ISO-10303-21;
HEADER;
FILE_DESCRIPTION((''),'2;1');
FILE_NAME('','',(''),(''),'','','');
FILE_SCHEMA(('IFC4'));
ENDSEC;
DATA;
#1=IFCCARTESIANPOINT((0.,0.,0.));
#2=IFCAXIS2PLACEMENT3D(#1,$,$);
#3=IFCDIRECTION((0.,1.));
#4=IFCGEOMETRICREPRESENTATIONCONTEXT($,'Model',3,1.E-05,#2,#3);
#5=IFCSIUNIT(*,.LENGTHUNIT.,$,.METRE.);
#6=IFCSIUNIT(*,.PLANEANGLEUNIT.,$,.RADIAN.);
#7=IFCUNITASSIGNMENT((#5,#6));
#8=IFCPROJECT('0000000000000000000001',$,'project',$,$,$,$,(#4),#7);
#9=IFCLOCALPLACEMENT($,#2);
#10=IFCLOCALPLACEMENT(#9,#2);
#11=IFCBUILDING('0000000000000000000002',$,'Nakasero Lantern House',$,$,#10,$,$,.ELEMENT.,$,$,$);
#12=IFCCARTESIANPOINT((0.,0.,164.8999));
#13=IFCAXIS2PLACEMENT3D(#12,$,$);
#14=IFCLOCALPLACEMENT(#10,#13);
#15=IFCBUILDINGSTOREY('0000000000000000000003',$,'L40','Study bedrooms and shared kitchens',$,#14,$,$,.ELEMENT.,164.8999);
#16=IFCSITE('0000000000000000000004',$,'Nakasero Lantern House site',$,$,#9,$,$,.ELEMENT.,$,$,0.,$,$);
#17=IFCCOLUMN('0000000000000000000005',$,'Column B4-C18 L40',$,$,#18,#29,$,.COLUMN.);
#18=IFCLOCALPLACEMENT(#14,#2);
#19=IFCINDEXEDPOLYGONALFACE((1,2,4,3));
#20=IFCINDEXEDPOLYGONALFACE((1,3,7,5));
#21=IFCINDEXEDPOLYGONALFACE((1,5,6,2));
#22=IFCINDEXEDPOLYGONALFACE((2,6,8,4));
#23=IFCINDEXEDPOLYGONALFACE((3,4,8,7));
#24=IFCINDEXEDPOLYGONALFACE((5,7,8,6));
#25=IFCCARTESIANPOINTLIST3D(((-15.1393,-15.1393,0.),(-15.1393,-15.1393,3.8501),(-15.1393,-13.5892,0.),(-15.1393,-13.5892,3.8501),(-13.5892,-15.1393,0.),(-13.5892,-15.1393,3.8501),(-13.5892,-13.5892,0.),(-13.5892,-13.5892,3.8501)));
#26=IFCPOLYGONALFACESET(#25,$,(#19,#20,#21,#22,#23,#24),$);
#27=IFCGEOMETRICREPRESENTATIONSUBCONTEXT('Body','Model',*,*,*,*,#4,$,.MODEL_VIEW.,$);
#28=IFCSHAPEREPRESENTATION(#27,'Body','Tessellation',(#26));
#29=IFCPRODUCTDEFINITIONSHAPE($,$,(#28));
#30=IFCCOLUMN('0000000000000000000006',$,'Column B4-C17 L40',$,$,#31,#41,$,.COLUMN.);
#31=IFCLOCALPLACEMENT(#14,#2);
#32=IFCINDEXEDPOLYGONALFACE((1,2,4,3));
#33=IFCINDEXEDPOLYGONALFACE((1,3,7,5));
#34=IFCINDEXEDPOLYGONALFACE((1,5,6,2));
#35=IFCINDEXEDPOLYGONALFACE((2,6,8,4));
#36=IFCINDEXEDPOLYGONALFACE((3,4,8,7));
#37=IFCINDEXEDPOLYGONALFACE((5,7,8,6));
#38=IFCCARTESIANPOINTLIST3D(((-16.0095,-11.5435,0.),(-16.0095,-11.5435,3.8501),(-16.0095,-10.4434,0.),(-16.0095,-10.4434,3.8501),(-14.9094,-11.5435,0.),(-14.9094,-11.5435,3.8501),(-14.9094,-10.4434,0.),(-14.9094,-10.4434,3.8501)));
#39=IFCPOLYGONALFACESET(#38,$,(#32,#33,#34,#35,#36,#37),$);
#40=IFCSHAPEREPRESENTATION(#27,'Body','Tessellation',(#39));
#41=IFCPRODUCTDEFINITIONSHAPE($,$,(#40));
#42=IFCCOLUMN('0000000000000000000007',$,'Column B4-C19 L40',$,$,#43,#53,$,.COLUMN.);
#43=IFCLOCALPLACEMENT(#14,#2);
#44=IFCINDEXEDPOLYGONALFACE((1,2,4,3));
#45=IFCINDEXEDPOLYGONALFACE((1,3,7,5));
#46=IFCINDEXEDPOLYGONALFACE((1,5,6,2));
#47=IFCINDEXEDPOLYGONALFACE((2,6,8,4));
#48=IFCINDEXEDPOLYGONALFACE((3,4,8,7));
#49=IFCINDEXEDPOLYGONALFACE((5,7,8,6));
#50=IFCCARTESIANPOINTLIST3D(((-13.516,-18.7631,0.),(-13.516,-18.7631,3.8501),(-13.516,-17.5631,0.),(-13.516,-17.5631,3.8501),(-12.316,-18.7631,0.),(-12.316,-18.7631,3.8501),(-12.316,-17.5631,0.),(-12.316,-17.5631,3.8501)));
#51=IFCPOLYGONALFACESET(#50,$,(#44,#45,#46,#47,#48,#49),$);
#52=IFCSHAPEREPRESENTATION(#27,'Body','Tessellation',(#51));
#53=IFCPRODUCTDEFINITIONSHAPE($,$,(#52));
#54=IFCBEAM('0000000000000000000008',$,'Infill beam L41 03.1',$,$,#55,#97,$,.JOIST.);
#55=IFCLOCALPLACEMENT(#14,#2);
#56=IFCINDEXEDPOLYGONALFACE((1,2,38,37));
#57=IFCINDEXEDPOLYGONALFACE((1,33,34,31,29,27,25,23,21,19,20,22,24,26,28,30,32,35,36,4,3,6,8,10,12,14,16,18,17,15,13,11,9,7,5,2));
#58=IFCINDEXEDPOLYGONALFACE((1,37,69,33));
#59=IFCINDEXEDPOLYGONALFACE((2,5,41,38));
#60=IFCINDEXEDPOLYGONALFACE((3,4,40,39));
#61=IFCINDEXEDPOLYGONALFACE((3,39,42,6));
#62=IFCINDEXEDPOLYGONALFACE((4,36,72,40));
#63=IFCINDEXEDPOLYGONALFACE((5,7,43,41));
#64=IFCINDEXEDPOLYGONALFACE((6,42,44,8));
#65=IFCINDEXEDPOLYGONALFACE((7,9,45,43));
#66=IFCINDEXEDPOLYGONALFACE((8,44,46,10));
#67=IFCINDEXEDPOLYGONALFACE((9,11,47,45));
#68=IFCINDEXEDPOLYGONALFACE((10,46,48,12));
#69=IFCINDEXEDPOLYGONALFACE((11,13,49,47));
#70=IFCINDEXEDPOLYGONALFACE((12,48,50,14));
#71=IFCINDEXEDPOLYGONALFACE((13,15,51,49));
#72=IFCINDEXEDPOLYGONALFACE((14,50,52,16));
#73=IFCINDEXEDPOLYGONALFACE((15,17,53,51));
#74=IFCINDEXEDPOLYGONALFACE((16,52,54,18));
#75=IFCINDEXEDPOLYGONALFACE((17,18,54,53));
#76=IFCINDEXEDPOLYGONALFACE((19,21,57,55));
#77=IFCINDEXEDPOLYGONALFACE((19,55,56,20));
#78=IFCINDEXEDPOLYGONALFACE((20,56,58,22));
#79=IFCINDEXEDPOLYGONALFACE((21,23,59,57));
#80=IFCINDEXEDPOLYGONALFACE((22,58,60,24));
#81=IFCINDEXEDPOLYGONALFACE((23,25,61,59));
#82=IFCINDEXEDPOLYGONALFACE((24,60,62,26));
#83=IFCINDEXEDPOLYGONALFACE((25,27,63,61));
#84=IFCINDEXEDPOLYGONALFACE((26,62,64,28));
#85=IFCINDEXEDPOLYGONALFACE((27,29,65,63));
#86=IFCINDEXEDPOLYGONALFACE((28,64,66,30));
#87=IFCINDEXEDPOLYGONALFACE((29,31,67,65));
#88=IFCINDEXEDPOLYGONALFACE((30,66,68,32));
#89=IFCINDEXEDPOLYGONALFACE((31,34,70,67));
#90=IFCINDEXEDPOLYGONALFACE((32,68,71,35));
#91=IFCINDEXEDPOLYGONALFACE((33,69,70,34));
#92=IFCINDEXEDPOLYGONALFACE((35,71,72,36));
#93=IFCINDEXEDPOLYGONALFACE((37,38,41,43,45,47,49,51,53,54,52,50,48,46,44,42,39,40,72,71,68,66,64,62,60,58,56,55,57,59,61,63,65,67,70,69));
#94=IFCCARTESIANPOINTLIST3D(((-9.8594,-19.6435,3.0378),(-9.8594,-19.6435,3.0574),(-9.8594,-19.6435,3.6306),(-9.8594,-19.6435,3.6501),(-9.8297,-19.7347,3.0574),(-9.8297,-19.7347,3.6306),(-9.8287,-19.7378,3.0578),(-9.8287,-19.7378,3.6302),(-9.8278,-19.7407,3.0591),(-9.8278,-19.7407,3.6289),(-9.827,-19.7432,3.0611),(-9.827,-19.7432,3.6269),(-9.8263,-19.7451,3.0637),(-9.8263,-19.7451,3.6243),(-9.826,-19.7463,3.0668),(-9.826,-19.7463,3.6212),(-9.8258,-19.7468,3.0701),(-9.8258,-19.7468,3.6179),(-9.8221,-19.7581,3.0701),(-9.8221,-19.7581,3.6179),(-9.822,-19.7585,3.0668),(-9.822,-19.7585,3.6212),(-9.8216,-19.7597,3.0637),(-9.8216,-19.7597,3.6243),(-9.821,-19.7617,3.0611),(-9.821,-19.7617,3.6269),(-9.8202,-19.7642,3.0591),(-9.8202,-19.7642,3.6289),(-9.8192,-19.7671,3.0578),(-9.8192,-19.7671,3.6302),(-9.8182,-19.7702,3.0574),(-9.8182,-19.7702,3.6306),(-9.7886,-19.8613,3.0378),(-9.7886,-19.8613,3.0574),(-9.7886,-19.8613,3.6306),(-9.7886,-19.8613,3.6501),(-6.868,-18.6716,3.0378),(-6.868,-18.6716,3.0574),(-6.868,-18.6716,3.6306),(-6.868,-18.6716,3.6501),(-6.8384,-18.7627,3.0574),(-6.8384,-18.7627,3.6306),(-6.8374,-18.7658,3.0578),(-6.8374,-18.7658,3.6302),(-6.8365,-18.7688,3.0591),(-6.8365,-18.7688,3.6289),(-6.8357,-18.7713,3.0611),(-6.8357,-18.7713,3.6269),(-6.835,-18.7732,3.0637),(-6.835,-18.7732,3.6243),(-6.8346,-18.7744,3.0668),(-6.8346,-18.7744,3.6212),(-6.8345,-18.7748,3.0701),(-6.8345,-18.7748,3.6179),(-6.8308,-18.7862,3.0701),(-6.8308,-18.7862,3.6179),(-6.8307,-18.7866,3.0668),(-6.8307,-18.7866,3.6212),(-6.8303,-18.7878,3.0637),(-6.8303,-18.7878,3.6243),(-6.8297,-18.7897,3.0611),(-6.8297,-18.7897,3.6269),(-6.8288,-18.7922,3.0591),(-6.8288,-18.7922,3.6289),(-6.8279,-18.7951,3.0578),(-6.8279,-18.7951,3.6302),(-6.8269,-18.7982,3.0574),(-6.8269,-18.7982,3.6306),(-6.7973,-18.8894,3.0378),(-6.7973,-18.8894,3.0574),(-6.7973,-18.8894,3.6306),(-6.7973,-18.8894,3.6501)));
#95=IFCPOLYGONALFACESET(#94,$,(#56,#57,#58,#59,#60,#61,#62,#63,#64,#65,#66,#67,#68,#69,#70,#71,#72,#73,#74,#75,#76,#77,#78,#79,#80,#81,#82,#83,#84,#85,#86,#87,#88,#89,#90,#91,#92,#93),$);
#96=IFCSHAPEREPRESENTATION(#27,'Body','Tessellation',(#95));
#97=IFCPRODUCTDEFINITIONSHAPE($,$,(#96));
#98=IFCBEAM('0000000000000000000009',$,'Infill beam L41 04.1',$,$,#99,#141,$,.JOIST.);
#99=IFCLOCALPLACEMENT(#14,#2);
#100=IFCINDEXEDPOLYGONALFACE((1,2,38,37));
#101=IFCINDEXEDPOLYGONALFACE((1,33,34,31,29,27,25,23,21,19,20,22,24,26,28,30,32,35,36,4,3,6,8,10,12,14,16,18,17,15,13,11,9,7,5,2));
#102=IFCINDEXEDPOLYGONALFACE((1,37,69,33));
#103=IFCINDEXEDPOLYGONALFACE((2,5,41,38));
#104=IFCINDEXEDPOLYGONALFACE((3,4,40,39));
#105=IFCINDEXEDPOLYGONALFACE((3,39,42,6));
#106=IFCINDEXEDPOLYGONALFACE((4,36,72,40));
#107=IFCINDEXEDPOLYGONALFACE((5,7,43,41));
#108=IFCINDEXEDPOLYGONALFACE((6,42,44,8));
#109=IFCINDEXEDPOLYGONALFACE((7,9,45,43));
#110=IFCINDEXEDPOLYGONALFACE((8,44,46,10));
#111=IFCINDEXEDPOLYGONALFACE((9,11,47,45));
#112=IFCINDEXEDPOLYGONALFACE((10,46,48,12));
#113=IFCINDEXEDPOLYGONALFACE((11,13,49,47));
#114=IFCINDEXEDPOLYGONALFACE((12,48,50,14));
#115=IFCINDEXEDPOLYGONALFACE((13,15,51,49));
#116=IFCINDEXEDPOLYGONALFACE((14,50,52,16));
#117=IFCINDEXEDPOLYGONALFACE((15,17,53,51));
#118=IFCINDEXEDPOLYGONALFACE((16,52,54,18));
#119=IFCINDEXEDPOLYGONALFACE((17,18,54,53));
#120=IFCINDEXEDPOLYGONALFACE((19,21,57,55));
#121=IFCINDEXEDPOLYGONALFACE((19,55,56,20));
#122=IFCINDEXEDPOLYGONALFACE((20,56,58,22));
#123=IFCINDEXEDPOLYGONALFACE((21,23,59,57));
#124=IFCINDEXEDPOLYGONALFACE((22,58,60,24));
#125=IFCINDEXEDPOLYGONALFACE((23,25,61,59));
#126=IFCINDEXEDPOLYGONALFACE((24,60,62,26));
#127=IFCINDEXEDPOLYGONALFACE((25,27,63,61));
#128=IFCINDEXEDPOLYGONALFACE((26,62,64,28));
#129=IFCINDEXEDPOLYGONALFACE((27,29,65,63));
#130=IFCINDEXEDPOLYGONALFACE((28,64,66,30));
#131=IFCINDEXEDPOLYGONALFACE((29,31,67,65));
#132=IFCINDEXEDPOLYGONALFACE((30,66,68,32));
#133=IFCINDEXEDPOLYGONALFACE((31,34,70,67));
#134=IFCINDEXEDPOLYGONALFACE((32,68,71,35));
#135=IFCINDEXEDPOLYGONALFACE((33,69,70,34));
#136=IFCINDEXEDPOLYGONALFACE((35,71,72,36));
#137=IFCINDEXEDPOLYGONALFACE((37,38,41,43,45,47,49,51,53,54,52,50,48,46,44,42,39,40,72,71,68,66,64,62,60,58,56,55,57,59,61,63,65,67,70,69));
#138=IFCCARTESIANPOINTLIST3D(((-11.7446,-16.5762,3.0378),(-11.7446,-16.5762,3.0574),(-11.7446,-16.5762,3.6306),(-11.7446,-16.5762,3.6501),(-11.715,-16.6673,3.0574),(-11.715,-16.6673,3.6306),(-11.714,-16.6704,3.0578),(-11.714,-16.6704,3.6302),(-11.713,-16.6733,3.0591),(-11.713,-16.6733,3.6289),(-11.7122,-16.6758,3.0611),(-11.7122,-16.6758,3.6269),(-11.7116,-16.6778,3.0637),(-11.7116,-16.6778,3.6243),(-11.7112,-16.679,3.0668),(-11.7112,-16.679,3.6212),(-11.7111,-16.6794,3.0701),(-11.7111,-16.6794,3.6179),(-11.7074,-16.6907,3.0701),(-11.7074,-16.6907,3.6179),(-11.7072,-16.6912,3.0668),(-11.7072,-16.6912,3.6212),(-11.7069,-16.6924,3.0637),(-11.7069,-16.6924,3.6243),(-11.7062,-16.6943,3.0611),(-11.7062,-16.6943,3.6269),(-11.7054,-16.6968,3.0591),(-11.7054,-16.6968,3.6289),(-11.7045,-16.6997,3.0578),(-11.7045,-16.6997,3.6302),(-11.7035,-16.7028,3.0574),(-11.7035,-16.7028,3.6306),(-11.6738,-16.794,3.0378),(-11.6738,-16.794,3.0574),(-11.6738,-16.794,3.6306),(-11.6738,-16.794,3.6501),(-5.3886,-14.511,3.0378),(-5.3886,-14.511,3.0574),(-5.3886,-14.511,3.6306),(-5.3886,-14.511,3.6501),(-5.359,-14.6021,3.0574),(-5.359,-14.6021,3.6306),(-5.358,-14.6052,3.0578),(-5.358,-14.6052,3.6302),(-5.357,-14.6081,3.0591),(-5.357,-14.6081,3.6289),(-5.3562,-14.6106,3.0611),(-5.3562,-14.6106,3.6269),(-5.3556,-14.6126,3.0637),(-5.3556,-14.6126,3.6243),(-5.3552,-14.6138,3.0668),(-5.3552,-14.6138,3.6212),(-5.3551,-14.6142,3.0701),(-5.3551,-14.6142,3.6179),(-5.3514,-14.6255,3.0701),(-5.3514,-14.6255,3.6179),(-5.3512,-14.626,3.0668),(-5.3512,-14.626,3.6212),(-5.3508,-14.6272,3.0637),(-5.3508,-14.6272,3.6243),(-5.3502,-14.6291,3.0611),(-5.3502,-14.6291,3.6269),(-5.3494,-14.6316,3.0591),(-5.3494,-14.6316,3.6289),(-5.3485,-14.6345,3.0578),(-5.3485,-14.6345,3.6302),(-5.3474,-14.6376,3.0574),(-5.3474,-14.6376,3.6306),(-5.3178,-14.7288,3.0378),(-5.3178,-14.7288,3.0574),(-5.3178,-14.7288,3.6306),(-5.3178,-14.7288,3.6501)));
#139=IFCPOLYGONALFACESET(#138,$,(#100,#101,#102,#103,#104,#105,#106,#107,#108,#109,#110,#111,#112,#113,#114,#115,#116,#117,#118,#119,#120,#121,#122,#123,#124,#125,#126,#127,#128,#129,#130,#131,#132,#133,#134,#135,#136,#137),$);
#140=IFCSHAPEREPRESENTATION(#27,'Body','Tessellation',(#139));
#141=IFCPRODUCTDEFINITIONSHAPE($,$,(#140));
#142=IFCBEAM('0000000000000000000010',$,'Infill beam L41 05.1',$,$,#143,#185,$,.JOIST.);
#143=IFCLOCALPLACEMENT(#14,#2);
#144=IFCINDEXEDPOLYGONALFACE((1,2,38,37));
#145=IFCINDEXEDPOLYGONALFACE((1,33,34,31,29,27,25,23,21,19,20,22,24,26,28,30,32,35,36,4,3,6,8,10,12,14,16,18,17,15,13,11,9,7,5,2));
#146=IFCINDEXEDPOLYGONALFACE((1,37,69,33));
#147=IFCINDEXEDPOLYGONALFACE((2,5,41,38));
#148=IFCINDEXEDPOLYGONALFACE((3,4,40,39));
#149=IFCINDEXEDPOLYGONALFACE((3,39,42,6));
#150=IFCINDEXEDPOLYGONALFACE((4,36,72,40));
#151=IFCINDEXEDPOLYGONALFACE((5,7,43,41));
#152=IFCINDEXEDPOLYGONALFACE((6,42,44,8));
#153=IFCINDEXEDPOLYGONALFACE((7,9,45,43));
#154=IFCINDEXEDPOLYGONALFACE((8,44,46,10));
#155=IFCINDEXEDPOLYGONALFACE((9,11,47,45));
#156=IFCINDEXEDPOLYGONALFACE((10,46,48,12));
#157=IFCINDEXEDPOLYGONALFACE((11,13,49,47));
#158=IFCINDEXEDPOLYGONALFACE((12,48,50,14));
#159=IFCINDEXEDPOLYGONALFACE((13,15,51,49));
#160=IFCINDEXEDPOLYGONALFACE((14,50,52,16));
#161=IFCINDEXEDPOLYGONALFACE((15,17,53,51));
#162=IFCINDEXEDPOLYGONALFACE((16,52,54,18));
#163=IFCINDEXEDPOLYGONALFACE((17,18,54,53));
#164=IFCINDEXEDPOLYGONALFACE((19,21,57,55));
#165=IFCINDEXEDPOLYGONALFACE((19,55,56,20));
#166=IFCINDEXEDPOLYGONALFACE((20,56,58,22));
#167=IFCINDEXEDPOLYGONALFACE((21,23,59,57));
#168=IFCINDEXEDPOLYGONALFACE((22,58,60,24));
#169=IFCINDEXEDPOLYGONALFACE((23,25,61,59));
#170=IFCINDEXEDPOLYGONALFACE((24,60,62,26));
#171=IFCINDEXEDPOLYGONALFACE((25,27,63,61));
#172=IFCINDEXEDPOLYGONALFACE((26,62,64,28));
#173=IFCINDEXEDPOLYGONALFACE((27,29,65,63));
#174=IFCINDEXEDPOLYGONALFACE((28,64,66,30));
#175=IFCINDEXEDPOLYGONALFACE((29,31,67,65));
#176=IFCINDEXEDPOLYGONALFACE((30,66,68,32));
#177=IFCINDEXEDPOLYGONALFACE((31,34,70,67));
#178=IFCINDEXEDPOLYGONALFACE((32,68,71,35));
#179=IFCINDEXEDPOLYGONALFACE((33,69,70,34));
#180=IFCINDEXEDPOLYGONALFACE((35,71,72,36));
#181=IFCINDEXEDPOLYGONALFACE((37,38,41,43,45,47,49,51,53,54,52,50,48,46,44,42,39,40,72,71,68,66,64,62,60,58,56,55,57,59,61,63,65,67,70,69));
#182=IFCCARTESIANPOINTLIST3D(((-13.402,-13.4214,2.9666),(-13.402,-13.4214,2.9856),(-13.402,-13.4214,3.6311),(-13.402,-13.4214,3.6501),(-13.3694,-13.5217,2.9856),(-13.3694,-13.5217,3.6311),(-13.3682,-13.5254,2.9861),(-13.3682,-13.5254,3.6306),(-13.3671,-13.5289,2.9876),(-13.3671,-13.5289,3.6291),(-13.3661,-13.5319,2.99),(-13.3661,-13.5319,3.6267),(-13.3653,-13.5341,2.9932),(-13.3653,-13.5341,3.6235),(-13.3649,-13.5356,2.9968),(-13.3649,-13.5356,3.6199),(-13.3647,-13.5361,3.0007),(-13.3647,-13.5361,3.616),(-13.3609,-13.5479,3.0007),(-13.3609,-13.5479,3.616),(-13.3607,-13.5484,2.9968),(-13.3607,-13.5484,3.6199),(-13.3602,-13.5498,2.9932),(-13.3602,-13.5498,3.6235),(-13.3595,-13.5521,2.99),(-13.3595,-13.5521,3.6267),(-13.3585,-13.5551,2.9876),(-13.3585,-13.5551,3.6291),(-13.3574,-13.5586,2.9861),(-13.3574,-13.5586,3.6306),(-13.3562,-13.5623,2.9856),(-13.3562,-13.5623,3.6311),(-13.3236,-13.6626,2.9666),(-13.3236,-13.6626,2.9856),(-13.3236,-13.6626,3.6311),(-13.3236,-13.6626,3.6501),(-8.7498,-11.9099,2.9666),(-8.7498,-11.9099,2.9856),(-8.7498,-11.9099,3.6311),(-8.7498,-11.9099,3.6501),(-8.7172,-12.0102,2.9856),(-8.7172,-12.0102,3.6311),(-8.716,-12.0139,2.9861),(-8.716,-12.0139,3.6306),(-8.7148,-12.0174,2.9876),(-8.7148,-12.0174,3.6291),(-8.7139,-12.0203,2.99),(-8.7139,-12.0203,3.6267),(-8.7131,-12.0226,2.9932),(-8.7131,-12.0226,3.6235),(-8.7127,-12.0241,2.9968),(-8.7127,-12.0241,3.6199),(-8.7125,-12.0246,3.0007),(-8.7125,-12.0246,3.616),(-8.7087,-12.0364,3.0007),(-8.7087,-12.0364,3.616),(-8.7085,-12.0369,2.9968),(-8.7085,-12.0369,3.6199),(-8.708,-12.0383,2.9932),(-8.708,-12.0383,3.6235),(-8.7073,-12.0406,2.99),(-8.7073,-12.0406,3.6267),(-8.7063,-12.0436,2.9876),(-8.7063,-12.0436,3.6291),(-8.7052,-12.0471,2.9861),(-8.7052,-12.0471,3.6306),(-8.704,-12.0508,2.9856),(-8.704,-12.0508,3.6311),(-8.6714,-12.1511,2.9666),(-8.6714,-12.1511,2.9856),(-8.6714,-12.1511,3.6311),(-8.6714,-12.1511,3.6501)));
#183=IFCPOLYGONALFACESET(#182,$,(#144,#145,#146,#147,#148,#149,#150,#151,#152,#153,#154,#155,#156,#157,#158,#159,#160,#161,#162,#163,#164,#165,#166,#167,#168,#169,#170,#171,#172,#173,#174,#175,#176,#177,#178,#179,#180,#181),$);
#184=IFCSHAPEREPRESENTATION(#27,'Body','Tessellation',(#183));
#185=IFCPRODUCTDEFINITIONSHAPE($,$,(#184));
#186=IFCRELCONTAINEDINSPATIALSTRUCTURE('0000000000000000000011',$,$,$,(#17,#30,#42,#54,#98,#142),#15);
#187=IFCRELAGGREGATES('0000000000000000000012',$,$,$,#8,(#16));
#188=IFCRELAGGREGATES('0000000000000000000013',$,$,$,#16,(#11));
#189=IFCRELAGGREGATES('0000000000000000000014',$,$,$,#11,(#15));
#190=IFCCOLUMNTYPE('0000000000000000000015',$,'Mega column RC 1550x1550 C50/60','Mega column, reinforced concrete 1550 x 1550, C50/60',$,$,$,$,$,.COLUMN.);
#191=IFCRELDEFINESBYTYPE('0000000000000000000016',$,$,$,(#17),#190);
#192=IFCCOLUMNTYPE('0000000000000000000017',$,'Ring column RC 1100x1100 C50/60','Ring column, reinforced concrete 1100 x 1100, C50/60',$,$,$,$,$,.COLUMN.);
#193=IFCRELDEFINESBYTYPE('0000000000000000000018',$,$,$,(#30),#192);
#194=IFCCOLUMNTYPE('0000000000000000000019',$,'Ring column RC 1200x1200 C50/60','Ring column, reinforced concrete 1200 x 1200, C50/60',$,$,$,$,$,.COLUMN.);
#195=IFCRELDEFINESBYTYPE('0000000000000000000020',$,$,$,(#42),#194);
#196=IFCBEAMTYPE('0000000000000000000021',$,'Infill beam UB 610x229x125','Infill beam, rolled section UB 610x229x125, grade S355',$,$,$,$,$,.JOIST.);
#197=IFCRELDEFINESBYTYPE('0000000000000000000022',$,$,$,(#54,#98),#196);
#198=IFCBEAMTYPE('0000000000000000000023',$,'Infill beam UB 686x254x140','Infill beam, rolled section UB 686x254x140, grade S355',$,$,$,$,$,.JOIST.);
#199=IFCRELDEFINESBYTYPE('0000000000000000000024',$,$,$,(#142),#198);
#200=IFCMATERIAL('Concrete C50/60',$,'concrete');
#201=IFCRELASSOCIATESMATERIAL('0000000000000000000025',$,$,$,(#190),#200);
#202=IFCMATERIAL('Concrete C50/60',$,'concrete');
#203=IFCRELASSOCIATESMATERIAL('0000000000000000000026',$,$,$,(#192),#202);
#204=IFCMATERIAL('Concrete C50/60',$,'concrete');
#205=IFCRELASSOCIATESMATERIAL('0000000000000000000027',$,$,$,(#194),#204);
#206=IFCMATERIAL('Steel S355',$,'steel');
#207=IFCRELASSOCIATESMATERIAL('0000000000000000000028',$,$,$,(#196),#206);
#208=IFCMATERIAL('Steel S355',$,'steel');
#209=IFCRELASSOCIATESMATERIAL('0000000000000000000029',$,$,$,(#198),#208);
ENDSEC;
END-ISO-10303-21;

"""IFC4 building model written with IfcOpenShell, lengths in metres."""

from ifc_helpers import new_model, si_unit, direction, frame, origin, origin_2d, place, context, subcontext, project, spatial, rectangle, i_section, extrude, material, material_profile, profile_set, type_object, element, save


model = new_model("IFC4")

# Units and contexts
model_context = context("Model", 3, precision=1e-05, world=origin(), true_north=direction((0.0, 1.0)))
body_context = subcontext(model_context, "Body", "Model", "MODEL_VIEW")
ifc_project = project(units=[si_unit("LENGTHUNIT", "METRE"), si_unit("PLANEANGLEUNIT", "RADIAN")], contexts=[model_context])

# Site, building, storey
site_placement = place(None, origin())
site = spatial("IfcSite", under=ifc_project, at=site_placement, Name="Nakasero Lantern House site", CompositionType="ELEMENT", RefElevation=0.0)
building_placement = place(site_placement, origin())
building = spatial("IfcBuilding", under=site, at=building_placement, Name="Nakasero Lantern House", CompositionType="ELEMENT")
storey_placement = place(building_placement, frame((0.0, 0.0, 164.8999)))
storey = spatial("IfcBuildingStorey", under=building, at=storey_placement, Name="L40", Description="Study bedrooms and shared kitchens", CompositionType="ELEMENT", Elevation=164.8999)

# Columns
ifc_material_1 = material(Name="Concrete C50/60", Category="concrete")
ifc_material_profile_1 = material_profile(ifc_material_1, rectangle(XDim=1.55, YDim=1.55, at=origin_2d()), Name="RC 1550x1550")
ifc_profile_set_1 = profile_set([ifc_material_profile_1], Name="Concrete C50/60")
column_type_1 = type_object("IfcColumnType", Name="Mega column RC 1550x1550 C50/60", Description="Mega column, reinforced concrete 1550 x 1550, C50/60", PredefinedType="COLUMN", material=ifc_profile_set_1)
column_1_placement = place(storey_placement, frame((-14.3643, -14.3643, 0.0), z_axis=(0.0, 0.0, 1.0), x_axis=(1.0, 0.0, 0.0)))
element("IfcColumn", 1, at=column_1_placement, inside=storey, type_object=column_type_1, Name="Column B4-C18 L40", PredefinedType="COLUMN", context=body_context, shape_type="SweptSolid", body=[
    extrude(rectangle(XDim=1.55, YDim=1.55, at=origin_2d()), origin(), (0.0, 0.0, 1.0), 3.8501),
])
ifc_material_2 = material(Name="Concrete C50/60", Category="concrete")
ifc_material_profile_2 = material_profile(ifc_material_2, rectangle(XDim=1.1001, YDim=1.1001, at=origin_2d()), Name="RC 1100x1100")
ifc_profile_set_2 = profile_set([ifc_material_profile_2], Name="Concrete C50/60")
column_type_2 = type_object("IfcColumnType", Name="Ring column RC 1100x1100 C50/60", Description="Ring column, reinforced concrete 1100 x 1100, C50/60", PredefinedType="COLUMN", material=ifc_profile_set_2)
column_2_placement = place(storey_placement, frame((-15.4595, -10.9934, 0.0), z_axis=(0.0, 0.0, 1.0), x_axis=(1.0, 0.0, 0.0)))
element("IfcColumn", 2, at=column_2_placement, inside=storey, type_object=column_type_2, Name="Column B4-C17 L40", PredefinedType="COLUMN", context=body_context, shape_type="SweptSolid", body=[
    extrude(rectangle(XDim=1.1001, YDim=1.1001, at=origin_2d()), origin(), (0.0, 0.0, 1.0), 3.8501),
])
ifc_material_3 = material(Name="Concrete C50/60", Category="concrete")
ifc_material_profile_3 = material_profile(ifc_material_3, rectangle(XDim=1.2, YDim=1.2, at=origin_2d()), Name="RC 1200x1200")
ifc_profile_set_3 = profile_set([ifc_material_profile_3], Name="Concrete C50/60")
column_type_3 = type_object("IfcColumnType", Name="Ring column RC 1200x1200 C50/60", Description="Ring column, reinforced concrete 1200 x 1200, C50/60", PredefinedType="COLUMN", material=ifc_profile_set_3)
column_3_placement = place(storey_placement, frame((-12.916, -18.1631, 0.0), z_axis=(0.0, 0.0, 1.0), x_axis=(1.0, 0.0, 0.0)))
element("IfcColumn", 3, at=column_3_placement, inside=storey, type_object=column_type_3, Name="Column B4-C19 L40", PredefinedType="COLUMN", context=body_context, shape_type="SweptSolid", body=[
    extrude(rectangle(XDim=1.2, YDim=1.2, at=origin_2d()), origin(), (0.0, 0.0, 1.0), 3.8501),
])

# Beams
ifc_material_4 = material(Name="Steel S355", Category="steel")
ifc_material_profile_4 = material_profile(ifc_material_4, i_section(OverallWidth=0.229, OverallDepth=0.6123, WebThickness=0.012, FlangeThickness=0.0195, FilletRadius=0.0127, at=origin_2d()), Name="UB 610x229x125")
ifc_profile_set_4 = profile_set([ifc_material_profile_4], Name="Steel S355")
beam_type_1 = type_object("IfcBeamType", Name="Infill beam UB 610x229x125", Description="Infill beam, rolled section UB 610x229x125, grade S355", PredefinedType="JOIST", material=ifc_profile_set_4)
beam_1_placement = place(storey_placement, frame((-9.824, -19.7524, 3.344), z_axis=(0.951055, 0.309023, 0.0), x_axis=(-0.309023, 0.951055, 0.0)))
element("IfcBeam", 4, at=beam_1_placement, inside=storey, type_object=beam_type_1, Name="Infill beam L41 03.1", PredefinedType="JOIST", context=body_context, shape_type="SweptSolid", body=[
    extrude(i_section(OverallWidth=0.229, OverallDepth=0.6123, WebThickness=0.012, FlangeThickness=0.0195, FilletRadius=0.0127, at=origin_2d()), origin(), (0.0, 0.0, 1.0), 3.1453),
])
beam_2_placement = place(storey_placement, frame((-11.7092, -16.6851, 3.344), z_axis=(0.951056, 0.309018, 0.0), x_axis=(-0.309018, 0.951056, 0.0)))
element("IfcBeam", 5, at=beam_2_placement, inside=storey, type_object=beam_type_1, Name="Infill beam L41 04.1", PredefinedType="JOIST", context=body_context, shape_type="SweptSolid", body=[
    extrude(i_section(OverallWidth=0.229, OverallDepth=0.6123, WebThickness=0.012, FlangeThickness=0.0195, FilletRadius=0.0127, at=origin_2d()), origin(), (0.0, 0.0, 1.0), 6.6831),
])
ifc_material_5 = material(Name="Steel S355", Category="steel")
ifc_material_profile_5 = material_profile(ifc_material_5, i_section(OverallWidth=0.2537, OverallDepth=0.6836, WebThickness=0.0125, FlangeThickness=0.019, FilletRadius=0.0151, at=origin_2d()), Name="UB 686x254x140")
ifc_profile_set_5 = profile_set([ifc_material_profile_5], Name="Steel S355")
beam_type_2 = type_object("IfcBeamType", Name="Infill beam UB 686x254x140", Description="Infill beam, rolled section UB 686x254x140, grade S355", PredefinedType="JOIST", material=ifc_profile_set_5)
beam_3_placement = place(storey_placement, frame((-13.3628, -13.542, 3.3083), z_axis=(0.951062, 0.309001, 0.0), x_axis=(-0.309001, 0.951062, 0.0)))
element("IfcBeam", 6, at=beam_3_placement, inside=storey, type_object=beam_type_2, Name="Infill beam L41 05.1", PredefinedType="JOIST", context=body_context, shape_type="SweptSolid", body=[
    extrude(i_section(OverallWidth=0.2537, OverallDepth=0.6836, WebThickness=0.0125, FlangeThickness=0.019, FilletRadius=0.0151, at=origin_2d()), origin(), (0.0, 0.0, 1.0), 4.8916),
])

save(model, "model.ifc")
